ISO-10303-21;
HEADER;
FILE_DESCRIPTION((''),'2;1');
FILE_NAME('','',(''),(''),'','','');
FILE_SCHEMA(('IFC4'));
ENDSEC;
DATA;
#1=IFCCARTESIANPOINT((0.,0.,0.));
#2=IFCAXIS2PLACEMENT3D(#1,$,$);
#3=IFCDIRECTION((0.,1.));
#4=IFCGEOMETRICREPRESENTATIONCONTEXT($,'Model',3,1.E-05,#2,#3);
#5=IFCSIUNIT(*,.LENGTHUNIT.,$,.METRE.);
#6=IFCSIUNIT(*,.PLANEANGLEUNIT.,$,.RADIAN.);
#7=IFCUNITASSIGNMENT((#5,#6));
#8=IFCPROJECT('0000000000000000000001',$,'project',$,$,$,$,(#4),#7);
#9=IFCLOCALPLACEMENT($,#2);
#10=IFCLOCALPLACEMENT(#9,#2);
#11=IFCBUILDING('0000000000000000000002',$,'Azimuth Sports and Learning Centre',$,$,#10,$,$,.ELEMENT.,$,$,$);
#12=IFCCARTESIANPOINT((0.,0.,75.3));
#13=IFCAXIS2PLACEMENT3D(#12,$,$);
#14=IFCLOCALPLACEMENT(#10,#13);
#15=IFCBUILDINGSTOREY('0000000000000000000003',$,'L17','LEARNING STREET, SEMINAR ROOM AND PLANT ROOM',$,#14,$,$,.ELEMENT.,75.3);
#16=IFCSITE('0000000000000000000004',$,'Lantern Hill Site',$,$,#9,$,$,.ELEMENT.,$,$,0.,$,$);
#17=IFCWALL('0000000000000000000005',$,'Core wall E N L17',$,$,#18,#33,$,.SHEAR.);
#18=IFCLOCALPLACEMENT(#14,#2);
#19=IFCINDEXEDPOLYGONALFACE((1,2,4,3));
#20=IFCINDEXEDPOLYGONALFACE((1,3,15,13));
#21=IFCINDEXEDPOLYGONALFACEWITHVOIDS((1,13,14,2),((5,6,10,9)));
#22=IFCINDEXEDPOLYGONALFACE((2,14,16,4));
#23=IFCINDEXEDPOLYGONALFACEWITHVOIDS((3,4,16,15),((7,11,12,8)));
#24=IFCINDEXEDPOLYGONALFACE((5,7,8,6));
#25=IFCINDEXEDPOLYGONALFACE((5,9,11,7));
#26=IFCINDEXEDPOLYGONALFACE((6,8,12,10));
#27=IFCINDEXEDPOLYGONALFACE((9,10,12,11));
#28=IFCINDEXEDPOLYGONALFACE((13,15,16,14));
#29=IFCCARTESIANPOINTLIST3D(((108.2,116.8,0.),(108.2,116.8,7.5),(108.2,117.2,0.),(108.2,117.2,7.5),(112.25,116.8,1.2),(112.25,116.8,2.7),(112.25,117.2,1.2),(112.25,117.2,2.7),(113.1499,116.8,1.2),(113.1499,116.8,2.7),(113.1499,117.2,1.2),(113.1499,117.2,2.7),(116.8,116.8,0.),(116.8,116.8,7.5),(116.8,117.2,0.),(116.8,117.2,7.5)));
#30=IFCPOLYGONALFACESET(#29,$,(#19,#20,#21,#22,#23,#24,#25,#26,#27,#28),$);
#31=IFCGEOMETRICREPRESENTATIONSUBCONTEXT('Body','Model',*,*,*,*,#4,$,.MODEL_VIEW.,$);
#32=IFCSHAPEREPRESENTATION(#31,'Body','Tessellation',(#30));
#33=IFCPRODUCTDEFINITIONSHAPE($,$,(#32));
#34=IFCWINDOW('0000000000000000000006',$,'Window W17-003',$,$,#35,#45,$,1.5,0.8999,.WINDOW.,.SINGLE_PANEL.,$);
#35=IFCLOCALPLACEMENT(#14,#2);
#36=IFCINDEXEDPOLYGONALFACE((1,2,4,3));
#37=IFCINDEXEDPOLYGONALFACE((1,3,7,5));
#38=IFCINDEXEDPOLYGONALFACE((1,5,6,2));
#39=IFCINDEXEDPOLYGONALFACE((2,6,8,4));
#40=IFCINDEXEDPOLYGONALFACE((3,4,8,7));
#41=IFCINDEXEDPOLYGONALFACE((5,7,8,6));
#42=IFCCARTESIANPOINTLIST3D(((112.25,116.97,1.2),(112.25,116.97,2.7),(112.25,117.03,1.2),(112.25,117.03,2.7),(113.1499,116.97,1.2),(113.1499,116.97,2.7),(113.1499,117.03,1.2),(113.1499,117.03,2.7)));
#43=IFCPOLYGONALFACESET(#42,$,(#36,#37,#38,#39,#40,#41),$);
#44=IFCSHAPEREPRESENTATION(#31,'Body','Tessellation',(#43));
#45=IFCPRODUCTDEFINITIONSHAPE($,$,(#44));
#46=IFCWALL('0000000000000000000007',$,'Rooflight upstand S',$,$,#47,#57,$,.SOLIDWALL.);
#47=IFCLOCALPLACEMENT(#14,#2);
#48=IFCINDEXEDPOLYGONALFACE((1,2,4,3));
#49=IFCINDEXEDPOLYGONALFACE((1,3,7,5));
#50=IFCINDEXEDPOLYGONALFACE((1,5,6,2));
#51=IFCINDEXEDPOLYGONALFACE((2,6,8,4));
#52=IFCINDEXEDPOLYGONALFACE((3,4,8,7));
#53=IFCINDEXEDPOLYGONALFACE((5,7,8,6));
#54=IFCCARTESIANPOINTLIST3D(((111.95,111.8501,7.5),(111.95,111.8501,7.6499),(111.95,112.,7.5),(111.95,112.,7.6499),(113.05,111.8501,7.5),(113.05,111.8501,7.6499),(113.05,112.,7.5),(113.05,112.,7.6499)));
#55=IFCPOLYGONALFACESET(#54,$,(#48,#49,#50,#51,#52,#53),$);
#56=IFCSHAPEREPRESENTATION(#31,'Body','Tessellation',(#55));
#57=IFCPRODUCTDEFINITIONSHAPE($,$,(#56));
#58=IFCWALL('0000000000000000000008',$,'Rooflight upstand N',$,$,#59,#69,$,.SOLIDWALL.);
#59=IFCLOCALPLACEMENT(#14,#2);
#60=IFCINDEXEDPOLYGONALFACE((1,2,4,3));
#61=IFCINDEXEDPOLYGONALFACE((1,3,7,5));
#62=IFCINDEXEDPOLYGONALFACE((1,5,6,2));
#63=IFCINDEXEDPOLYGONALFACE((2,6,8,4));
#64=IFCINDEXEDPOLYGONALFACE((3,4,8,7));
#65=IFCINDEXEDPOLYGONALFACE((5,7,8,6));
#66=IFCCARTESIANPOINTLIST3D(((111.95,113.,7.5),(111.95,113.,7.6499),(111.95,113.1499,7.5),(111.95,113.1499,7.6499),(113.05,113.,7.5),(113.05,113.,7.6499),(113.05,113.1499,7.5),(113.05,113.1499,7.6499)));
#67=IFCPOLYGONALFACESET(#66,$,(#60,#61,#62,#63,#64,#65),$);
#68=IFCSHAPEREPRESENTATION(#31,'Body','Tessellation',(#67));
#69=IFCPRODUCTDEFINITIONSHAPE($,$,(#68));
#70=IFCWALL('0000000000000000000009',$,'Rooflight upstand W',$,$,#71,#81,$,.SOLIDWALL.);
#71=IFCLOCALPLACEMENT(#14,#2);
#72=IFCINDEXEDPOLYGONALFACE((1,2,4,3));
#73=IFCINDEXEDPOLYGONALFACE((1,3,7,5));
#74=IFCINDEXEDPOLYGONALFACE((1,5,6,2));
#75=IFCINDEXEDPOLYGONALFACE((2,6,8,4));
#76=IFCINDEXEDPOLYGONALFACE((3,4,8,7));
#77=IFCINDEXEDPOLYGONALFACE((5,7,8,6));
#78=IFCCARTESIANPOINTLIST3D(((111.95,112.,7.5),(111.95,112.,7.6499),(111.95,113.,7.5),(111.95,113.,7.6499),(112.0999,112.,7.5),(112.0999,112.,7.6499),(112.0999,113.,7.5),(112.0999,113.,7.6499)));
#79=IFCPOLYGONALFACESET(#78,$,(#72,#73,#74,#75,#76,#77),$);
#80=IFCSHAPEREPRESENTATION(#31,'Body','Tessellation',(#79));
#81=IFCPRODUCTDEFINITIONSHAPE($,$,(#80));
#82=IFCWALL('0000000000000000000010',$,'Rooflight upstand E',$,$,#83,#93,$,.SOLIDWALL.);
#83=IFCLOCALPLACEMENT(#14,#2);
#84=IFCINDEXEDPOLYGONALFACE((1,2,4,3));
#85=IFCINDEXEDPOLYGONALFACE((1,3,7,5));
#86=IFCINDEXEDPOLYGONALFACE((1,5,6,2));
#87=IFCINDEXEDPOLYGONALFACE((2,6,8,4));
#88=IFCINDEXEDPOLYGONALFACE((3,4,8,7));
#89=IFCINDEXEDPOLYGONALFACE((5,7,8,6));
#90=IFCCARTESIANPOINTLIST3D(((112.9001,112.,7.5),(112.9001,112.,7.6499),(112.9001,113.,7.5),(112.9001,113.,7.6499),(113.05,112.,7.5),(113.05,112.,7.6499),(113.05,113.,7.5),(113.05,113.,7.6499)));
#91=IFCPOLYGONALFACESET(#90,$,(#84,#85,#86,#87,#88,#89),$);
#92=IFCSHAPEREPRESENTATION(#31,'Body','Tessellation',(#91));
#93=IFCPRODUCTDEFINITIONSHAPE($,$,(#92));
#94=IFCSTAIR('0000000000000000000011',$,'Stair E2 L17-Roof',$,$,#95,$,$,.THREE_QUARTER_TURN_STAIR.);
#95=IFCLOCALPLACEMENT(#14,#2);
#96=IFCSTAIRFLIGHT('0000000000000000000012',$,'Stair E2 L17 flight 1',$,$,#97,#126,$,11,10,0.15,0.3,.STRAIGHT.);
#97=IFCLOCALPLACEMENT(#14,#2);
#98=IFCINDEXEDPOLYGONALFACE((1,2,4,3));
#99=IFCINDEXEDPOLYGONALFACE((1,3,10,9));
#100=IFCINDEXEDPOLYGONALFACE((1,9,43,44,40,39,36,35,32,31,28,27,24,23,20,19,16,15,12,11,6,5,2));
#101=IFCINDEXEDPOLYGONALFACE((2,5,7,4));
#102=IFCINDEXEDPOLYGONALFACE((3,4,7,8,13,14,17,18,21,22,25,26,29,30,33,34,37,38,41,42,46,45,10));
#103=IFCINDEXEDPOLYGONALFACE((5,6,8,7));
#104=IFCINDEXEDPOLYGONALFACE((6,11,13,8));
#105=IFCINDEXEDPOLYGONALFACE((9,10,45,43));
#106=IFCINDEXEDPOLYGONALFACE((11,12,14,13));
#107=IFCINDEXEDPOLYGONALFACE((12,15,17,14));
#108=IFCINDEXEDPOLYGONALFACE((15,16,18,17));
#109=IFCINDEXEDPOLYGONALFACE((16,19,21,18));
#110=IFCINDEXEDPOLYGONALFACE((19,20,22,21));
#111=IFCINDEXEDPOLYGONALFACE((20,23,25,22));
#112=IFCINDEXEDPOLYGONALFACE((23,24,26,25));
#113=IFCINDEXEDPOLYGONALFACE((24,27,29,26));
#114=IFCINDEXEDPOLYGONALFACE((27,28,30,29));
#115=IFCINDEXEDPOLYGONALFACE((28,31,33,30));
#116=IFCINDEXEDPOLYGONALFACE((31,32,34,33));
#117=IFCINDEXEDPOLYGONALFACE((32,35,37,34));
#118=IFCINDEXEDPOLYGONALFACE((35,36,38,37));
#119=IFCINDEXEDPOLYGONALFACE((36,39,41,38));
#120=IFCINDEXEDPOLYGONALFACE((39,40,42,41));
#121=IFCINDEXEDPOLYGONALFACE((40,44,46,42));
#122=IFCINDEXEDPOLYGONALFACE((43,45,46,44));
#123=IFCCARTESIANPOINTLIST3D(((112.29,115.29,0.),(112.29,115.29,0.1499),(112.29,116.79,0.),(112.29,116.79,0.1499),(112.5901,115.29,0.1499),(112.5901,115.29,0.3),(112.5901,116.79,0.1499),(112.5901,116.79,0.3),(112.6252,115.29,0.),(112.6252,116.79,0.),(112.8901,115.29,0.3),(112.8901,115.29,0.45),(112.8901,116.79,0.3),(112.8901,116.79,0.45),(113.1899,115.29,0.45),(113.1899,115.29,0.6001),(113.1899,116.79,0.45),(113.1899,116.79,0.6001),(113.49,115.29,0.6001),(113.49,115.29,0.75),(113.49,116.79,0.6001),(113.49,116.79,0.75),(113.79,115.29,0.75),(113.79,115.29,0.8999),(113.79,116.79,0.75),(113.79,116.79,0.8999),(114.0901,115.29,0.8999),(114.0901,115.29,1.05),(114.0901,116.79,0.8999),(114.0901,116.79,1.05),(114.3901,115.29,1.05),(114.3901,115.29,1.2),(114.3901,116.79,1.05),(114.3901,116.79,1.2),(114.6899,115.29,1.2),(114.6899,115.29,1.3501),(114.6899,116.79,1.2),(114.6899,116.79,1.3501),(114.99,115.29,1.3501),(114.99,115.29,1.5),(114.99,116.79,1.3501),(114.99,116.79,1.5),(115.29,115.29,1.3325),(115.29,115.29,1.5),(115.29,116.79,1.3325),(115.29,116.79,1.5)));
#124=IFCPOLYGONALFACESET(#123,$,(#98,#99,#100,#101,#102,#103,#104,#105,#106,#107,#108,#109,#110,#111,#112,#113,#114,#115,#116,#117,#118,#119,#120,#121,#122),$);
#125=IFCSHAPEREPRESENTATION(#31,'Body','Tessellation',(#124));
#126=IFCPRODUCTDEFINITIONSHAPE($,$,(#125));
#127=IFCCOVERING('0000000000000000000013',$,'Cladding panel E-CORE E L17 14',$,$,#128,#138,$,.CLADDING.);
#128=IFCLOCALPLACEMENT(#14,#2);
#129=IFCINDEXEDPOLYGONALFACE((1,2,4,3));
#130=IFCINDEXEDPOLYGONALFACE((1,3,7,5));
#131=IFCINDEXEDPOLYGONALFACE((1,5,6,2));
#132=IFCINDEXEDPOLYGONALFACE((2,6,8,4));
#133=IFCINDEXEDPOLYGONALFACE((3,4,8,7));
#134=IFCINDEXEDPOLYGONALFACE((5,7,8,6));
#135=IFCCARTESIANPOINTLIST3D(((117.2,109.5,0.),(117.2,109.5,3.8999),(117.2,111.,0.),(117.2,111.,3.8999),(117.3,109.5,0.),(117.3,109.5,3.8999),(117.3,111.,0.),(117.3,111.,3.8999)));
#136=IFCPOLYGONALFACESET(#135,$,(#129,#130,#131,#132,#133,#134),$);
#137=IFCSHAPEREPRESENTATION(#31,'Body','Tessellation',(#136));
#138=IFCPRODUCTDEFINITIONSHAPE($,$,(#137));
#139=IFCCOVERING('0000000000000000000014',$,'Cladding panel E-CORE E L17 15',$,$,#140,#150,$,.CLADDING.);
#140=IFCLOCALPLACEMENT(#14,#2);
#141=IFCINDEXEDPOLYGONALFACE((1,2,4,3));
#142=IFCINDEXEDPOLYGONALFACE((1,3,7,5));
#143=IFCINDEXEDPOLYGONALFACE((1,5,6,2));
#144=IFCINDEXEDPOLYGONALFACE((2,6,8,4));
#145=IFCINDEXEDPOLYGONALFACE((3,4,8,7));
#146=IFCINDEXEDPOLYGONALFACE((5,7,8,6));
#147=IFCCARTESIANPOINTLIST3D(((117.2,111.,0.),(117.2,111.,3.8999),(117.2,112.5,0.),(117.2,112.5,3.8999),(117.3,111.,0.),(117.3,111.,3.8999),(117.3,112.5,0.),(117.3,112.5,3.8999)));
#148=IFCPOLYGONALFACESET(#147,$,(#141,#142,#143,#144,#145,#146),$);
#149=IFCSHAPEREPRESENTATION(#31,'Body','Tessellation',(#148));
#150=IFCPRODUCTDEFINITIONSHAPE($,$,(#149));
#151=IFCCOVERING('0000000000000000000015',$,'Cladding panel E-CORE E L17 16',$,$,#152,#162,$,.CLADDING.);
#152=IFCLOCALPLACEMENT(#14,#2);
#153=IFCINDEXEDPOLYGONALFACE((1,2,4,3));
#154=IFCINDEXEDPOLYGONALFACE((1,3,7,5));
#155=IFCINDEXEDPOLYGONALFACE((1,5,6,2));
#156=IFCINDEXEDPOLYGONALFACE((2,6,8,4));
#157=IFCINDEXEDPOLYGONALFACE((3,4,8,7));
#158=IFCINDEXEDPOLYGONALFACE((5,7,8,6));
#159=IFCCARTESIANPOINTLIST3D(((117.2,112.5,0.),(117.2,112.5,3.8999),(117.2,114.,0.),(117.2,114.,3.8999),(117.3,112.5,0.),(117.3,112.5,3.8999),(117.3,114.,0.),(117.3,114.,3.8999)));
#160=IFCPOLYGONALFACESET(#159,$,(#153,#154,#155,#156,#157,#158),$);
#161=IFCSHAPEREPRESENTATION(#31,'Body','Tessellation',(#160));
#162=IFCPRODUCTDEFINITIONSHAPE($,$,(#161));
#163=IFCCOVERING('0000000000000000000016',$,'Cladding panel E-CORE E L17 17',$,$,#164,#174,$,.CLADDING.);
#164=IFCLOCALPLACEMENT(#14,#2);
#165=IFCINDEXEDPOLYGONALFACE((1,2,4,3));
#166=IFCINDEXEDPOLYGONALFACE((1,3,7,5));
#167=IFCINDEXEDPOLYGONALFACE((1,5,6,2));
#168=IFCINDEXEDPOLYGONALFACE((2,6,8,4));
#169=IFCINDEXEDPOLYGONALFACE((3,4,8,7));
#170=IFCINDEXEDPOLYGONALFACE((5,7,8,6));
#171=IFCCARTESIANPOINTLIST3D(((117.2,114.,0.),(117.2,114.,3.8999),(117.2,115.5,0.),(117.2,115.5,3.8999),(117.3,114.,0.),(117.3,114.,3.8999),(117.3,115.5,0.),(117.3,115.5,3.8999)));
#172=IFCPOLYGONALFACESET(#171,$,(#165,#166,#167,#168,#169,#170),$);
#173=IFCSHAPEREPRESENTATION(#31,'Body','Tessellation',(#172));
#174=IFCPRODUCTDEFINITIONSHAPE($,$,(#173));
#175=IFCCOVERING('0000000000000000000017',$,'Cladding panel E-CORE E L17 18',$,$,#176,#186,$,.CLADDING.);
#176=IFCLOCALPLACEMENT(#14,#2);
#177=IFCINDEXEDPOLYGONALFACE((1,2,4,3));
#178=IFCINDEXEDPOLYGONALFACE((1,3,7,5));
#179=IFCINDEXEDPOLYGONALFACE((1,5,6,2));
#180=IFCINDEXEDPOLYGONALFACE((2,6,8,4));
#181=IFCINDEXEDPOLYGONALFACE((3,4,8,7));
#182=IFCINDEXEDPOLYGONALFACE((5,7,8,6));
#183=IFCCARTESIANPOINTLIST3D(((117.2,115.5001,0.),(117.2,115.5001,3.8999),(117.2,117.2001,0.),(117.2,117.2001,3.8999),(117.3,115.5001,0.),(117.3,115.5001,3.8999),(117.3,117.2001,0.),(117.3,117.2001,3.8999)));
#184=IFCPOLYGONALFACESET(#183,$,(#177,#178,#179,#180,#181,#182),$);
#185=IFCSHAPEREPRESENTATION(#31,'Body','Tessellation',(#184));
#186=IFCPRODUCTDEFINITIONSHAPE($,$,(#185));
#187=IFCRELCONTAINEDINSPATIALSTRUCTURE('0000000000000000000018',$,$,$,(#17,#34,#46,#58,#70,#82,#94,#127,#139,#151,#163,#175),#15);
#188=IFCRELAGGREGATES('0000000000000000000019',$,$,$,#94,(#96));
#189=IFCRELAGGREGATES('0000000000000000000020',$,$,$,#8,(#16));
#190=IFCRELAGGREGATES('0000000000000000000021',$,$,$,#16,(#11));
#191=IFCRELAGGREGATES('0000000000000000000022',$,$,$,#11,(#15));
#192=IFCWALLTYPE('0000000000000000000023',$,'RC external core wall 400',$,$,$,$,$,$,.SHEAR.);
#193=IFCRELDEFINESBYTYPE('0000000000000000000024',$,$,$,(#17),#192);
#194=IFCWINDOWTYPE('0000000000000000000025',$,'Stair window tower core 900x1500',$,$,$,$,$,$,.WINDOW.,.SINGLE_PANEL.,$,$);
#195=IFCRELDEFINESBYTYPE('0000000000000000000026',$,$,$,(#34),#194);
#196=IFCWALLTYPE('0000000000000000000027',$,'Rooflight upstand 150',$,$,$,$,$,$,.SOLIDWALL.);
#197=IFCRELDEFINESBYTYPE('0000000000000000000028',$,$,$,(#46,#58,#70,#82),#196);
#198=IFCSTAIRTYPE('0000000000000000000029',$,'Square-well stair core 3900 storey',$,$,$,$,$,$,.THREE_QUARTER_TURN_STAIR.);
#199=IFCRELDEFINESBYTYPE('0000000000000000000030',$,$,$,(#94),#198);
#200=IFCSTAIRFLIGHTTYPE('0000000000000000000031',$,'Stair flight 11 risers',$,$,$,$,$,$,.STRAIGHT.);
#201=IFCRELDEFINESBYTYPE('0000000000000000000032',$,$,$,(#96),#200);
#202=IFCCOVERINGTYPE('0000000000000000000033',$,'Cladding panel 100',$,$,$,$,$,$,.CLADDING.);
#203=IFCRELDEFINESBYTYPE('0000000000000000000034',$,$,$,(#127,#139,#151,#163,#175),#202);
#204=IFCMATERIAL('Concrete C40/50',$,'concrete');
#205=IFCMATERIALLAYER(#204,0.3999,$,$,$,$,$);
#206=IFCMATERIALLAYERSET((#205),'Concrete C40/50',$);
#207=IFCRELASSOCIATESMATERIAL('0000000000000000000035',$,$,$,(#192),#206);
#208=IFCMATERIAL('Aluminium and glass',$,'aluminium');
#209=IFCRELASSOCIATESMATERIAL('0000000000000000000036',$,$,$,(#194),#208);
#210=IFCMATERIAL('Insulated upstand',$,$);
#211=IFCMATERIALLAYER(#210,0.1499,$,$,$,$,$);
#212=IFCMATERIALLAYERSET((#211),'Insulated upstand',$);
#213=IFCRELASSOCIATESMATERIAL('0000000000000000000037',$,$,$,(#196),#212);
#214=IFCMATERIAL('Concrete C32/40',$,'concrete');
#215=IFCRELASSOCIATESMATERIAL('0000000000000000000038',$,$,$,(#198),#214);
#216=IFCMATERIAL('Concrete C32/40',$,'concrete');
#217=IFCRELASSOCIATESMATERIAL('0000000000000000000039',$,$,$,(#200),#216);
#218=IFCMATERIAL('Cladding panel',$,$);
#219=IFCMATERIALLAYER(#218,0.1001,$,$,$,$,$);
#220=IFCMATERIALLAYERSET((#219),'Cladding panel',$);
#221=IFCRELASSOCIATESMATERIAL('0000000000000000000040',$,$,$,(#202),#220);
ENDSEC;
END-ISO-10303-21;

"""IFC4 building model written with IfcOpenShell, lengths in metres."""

from ifc_helpers import new_model, si_unit, direction, frame, frame_2d, origin, origin_2d, place, context, subcontext, project, spatial, polyline, rectangle, outline, extrude, material, layer, layer_set, type_object, element, fill, aggregate, save


model = new_model("IFC4")

# Units and contexts
model_context = context("Model", 3, precision=1e-05, world=origin(), true_north=direction((0.0, 1.0)))
body_context = subcontext(model_context, "Body", "Model", "MODEL_VIEW")
ifc_project = project(units=[si_unit("LENGTHUNIT", "METRE"), si_unit("PLANEANGLEUNIT", "RADIAN")], contexts=[model_context])

# Site, building, storey
site_placement = place(None, origin())
site = spatial("IfcSite", under=ifc_project, at=site_placement, Name="Lantern Hill Site", CompositionType="ELEMENT", RefElevation=0.0)
building_placement = place(site_placement, origin())
building = spatial("IfcBuilding", under=site, at=building_placement, Name="Azimuth Sports and Learning Centre", CompositionType="ELEMENT")
storey_placement = place(building_placement, frame((0.0, 0.0, 75.3)))
storey = spatial("IfcBuildingStorey", under=building, at=storey_placement, Name="L17", Description="LEARNING STREET, SEMINAR ROOM AND PLANT ROOM", CompositionType="ELEMENT", Elevation=75.3)

# Wall, opening, window
ifc_material_1 = material(Name="Concrete C40/50", Category="concrete")
ifc_layer_1 = layer(ifc_material_1, 0.3999)
ifc_layer_set_1 = layer_set([ifc_layer_1], Name="Concrete C40/50")
wall_type_1 = type_object("IfcWallType", Name="RC external core wall 400", PredefinedType="SHEAR", material=ifc_layer_set_1)
wall_1_placement = place(storey_placement, frame((108.2, 117.0, 0.0), z_axis=(0.0, 0.0, 1.0), x_axis=(1.0, 0.0, 0.0)))
wall_1 = element("IfcWall", 1, at=wall_1_placement, inside=storey, type_object=wall_type_1, Name="Core wall E N L17", PredefinedType="SHEAR", context=body_context, shape_type="SweptSolid", body=[
    extrude(rectangle(XDim=8.6001, YDim=0.3999, at=frame_2d((4.3, 0.0))), origin(), (0.0, 0.0, 1.0), 7.5),
])
opening_placement = place(wall_1_placement, frame((4.05, 0.0, 1.2)))
opening = element("IfcOpeningElement", 2, at=opening_placement, cuts=wall_1, PredefinedType="OPENING", context=body_context, shape_type="SweptSolid", body=[
    extrude(rectangle(XDim=0.8999, YDim=1.5, at=frame_2d((0.45, 0.75))), frame((0.0, 0.2109, 0.0), z_axis=(0.0, -1.0, 0.0), x_axis=(1.0, 0.0, 0.0)), (0.0, 0.0, 1.0), 0.4219),
])
ifc_material_2 = material(Name="Aluminium and glass", Category="aluminium")
window_type = type_object("IfcWindowType", Name="Stair window tower core 900x1500", PartitioningType="SINGLE_PANEL", PredefinedType="WINDOW", material=ifc_material_2)
window_placement = place(opening_placement, origin())
window = element("IfcWindow", 3, at=window_placement, inside=storey, type_object=window_type, Name="Window W17-003", OverallHeight=1.5, OverallWidth=0.8999, PartitioningType="SINGLE_PANEL", PredefinedType="WINDOW", context=body_context, shape_type="SweptSolid", body=[
    extrude(rectangle(XDim=0.8999, YDim=1.5, at=frame_2d((0.45, 0.75))), frame((0.0, 0.03, 0.0), z_axis=(0.0, -1.0, 0.0), x_axis=(1.0, 0.0, 0.0)), (0.0, 0.0, 1.0), 0.0601),
])
fill(opening, window)

# Walls
ifc_material_3 = material(Name="Insulated upstand")
ifc_layer_2 = layer(ifc_material_3, 0.1499)
ifc_layer_set_2 = layer_set([ifc_layer_2], Name="Insulated upstand")
wall_type_2 = type_object("IfcWallType", Name="Rooflight upstand 150", PredefinedType="SOLIDWALL", material=ifc_layer_set_2)
for number, where, z_axis, x_axis, name in (
    (4, (111.95, 111.925, 7.5), (0.0, 0.0, 1.0), (1.0, 0.0, 0.0), "Rooflight upstand S"),
    (5, (111.95, 113.075, 7.5), (0.0, 0.0, 1.0), (1.0, 0.0, 0.0), "Rooflight upstand N"),
):
    element("IfcWall", number, at=place(storey_placement, frame(where, z_axis=z_axis, x_axis=x_axis)), inside=storey, type_object=wall_type_2, Name=name, PredefinedType="SOLIDWALL", context=body_context, shape_type="SweptSolid", body=[
        extrude(rectangle(XDim=1.1001, YDim=0.1499, at=frame_2d((0.55, 0.0))), origin(), (0.0, 0.0, 1.0), 0.1499),
    ])
for number, where, z_axis, x_axis, name in (
    (6, (112.0249, 112.0, 7.5), (0.0, 0.0, 1.0), (0.0, 1.0, 0.0), "Rooflight upstand W"),
    (7, (112.9751, 112.0, 7.5), (0.0, 0.0, 1.0), (0.0, 1.0, 0.0), "Rooflight upstand E"),
):
    element("IfcWall", number, at=place(storey_placement, frame(where, z_axis=z_axis, x_axis=x_axis)), inside=storey, type_object=wall_type_2, Name=name, PredefinedType="SOLIDWALL", context=body_context, shape_type="SweptSolid", body=[
        extrude(rectangle(XDim=1.0, YDim=0.1499, at=frame_2d((0.5, 0.0))), origin(), (0.0, 0.0, 1.0), 0.1499),
    ])

# Stair, stair flight
ifc_material_4 = material(Name="Concrete C32/40", Category="concrete")
stair_type = type_object("IfcStairType", Name="Square-well stair core 3900 storey", PredefinedType="THREE_QUARTER_TURN_STAIR", material=ifc_material_4)
stair_placement = place(storey_placement, origin())
stair = element("IfcStair", 8, at=stair_placement, inside=storey, type_object=stair_type, Name="Stair E2 L17-Roof", PredefinedType="THREE_QUARTER_TURN_STAIR")
ifc_material_5 = material(Name="Concrete C32/40", Category="concrete")
stair_flight_type = type_object("IfcStairFlightType", Name="Stair flight 11 risers", PredefinedType="STRAIGHT", material=ifc_material_5)
stair_flight_placement = place(storey_placement, frame((112.29, 116.04, 0.0), z_axis=(0.0, 0.0, 1.0), x_axis=(1.0, 0.0, 0.0)))
stair_flight = element("IfcStairFlight", 9, at=stair_flight_placement, type_object=stair_flight_type, Name="Stair E2 L17 flight 1", NumberOfRisers=11, NumberOfTreads=10, PredefinedType="STRAIGHT", RiserHeight=0.15, TreadLength=0.3, context=body_context, shape_type="SweptSolid", body=[
    extrude(outline(polyline([(0.0, 0.0), (0.0, 0.1499), (0.3, 0.1499), (0.3, 0.3), (0.6001, 0.3), (0.6001, 0.45), (0.8999, 0.45), (0.8999, 0.6001), (1.2, 0.6001), (1.2, 0.75), (1.5, 0.75), (1.5, 0.8999), (1.8, 0.8999), (1.8, 1.05), (2.1001, 1.05), (2.1001, 1.2), (2.3999, 1.2), (2.3999, 1.3501), (2.7, 1.3501), (2.7, 1.5), (3.0, 1.5), (3.0, 1.6499), (3.0, 1.3325), (0.3352, 0.0), (0.0, 0.0)])), frame((0.0, 0.75, 0.0), z_axis=(0.0, -1.0, 0.0), x_axis=(1.0, 0.0, 0.0)), (0.0, 0.0, 1.0), 1.5),
])
aggregate(stair, [stair_flight])

# Coverings
ifc_material_6 = material(Name="Cladding panel")
ifc_layer_3 = layer(ifc_material_6, 0.1001)
ifc_layer_set_3 = layer_set([ifc_layer_3], Name="Cladding panel")
covering_type = type_object("IfcCoveringType", Name="Cladding panel 100", PredefinedType="CLADDING", material=ifc_layer_set_3)
for number, where, z_axis, x_axis, name in (
    (10, (117.25, 110.25, 0.0), (0.0, 0.0, 1.0), (0.0, 1.0, 0.0), "Cladding panel E-CORE E L17 14"),
    (11, (117.25, 111.75, 0.0), (0.0, 0.0, 1.0), (0.0, 1.0, 0.0), "Cladding panel E-CORE E L17 15"),
    (12, (117.25, 113.25, 0.0), (0.0, 0.0, 1.0), (0.0, 1.0, 0.0), "Cladding panel E-CORE E L17 16"),
    (13, (117.25, 114.75, 0.0), (0.0, 0.0, 1.0), (0.0, 1.0, 0.0), "Cladding panel E-CORE E L17 17"),
):
    element("IfcCovering", number, at=place(storey_placement, frame(where, z_axis=z_axis, x_axis=x_axis)), inside=storey, type_object=covering_type, Name=name, PredefinedType="CLADDING", context=body_context, shape_type="SweptSolid", body=[
        extrude(rectangle(XDim=1.5, YDim=0.1001, at=origin_2d()), origin(), (0.0, 0.0, 1.0), 3.8999),
    ])
covering_placement = place(storey_placement, frame((117.25, 116.3501, 0.0), z_axis=(0.0, 0.0, 1.0), x_axis=(0.0, 1.0, 0.0)))
element("IfcCovering", 14, at=covering_placement, inside=storey, type_object=covering_type, Name="Cladding panel E-CORE E L17 18", PredefinedType="CLADDING", context=body_context, shape_type="SweptSolid", body=[
    extrude(rectangle(XDim=1.7, YDim=0.1001, at=origin_2d()), origin(), (0.0, 0.0, 1.0), 3.8999),
])

save(model, "model.ifc")
